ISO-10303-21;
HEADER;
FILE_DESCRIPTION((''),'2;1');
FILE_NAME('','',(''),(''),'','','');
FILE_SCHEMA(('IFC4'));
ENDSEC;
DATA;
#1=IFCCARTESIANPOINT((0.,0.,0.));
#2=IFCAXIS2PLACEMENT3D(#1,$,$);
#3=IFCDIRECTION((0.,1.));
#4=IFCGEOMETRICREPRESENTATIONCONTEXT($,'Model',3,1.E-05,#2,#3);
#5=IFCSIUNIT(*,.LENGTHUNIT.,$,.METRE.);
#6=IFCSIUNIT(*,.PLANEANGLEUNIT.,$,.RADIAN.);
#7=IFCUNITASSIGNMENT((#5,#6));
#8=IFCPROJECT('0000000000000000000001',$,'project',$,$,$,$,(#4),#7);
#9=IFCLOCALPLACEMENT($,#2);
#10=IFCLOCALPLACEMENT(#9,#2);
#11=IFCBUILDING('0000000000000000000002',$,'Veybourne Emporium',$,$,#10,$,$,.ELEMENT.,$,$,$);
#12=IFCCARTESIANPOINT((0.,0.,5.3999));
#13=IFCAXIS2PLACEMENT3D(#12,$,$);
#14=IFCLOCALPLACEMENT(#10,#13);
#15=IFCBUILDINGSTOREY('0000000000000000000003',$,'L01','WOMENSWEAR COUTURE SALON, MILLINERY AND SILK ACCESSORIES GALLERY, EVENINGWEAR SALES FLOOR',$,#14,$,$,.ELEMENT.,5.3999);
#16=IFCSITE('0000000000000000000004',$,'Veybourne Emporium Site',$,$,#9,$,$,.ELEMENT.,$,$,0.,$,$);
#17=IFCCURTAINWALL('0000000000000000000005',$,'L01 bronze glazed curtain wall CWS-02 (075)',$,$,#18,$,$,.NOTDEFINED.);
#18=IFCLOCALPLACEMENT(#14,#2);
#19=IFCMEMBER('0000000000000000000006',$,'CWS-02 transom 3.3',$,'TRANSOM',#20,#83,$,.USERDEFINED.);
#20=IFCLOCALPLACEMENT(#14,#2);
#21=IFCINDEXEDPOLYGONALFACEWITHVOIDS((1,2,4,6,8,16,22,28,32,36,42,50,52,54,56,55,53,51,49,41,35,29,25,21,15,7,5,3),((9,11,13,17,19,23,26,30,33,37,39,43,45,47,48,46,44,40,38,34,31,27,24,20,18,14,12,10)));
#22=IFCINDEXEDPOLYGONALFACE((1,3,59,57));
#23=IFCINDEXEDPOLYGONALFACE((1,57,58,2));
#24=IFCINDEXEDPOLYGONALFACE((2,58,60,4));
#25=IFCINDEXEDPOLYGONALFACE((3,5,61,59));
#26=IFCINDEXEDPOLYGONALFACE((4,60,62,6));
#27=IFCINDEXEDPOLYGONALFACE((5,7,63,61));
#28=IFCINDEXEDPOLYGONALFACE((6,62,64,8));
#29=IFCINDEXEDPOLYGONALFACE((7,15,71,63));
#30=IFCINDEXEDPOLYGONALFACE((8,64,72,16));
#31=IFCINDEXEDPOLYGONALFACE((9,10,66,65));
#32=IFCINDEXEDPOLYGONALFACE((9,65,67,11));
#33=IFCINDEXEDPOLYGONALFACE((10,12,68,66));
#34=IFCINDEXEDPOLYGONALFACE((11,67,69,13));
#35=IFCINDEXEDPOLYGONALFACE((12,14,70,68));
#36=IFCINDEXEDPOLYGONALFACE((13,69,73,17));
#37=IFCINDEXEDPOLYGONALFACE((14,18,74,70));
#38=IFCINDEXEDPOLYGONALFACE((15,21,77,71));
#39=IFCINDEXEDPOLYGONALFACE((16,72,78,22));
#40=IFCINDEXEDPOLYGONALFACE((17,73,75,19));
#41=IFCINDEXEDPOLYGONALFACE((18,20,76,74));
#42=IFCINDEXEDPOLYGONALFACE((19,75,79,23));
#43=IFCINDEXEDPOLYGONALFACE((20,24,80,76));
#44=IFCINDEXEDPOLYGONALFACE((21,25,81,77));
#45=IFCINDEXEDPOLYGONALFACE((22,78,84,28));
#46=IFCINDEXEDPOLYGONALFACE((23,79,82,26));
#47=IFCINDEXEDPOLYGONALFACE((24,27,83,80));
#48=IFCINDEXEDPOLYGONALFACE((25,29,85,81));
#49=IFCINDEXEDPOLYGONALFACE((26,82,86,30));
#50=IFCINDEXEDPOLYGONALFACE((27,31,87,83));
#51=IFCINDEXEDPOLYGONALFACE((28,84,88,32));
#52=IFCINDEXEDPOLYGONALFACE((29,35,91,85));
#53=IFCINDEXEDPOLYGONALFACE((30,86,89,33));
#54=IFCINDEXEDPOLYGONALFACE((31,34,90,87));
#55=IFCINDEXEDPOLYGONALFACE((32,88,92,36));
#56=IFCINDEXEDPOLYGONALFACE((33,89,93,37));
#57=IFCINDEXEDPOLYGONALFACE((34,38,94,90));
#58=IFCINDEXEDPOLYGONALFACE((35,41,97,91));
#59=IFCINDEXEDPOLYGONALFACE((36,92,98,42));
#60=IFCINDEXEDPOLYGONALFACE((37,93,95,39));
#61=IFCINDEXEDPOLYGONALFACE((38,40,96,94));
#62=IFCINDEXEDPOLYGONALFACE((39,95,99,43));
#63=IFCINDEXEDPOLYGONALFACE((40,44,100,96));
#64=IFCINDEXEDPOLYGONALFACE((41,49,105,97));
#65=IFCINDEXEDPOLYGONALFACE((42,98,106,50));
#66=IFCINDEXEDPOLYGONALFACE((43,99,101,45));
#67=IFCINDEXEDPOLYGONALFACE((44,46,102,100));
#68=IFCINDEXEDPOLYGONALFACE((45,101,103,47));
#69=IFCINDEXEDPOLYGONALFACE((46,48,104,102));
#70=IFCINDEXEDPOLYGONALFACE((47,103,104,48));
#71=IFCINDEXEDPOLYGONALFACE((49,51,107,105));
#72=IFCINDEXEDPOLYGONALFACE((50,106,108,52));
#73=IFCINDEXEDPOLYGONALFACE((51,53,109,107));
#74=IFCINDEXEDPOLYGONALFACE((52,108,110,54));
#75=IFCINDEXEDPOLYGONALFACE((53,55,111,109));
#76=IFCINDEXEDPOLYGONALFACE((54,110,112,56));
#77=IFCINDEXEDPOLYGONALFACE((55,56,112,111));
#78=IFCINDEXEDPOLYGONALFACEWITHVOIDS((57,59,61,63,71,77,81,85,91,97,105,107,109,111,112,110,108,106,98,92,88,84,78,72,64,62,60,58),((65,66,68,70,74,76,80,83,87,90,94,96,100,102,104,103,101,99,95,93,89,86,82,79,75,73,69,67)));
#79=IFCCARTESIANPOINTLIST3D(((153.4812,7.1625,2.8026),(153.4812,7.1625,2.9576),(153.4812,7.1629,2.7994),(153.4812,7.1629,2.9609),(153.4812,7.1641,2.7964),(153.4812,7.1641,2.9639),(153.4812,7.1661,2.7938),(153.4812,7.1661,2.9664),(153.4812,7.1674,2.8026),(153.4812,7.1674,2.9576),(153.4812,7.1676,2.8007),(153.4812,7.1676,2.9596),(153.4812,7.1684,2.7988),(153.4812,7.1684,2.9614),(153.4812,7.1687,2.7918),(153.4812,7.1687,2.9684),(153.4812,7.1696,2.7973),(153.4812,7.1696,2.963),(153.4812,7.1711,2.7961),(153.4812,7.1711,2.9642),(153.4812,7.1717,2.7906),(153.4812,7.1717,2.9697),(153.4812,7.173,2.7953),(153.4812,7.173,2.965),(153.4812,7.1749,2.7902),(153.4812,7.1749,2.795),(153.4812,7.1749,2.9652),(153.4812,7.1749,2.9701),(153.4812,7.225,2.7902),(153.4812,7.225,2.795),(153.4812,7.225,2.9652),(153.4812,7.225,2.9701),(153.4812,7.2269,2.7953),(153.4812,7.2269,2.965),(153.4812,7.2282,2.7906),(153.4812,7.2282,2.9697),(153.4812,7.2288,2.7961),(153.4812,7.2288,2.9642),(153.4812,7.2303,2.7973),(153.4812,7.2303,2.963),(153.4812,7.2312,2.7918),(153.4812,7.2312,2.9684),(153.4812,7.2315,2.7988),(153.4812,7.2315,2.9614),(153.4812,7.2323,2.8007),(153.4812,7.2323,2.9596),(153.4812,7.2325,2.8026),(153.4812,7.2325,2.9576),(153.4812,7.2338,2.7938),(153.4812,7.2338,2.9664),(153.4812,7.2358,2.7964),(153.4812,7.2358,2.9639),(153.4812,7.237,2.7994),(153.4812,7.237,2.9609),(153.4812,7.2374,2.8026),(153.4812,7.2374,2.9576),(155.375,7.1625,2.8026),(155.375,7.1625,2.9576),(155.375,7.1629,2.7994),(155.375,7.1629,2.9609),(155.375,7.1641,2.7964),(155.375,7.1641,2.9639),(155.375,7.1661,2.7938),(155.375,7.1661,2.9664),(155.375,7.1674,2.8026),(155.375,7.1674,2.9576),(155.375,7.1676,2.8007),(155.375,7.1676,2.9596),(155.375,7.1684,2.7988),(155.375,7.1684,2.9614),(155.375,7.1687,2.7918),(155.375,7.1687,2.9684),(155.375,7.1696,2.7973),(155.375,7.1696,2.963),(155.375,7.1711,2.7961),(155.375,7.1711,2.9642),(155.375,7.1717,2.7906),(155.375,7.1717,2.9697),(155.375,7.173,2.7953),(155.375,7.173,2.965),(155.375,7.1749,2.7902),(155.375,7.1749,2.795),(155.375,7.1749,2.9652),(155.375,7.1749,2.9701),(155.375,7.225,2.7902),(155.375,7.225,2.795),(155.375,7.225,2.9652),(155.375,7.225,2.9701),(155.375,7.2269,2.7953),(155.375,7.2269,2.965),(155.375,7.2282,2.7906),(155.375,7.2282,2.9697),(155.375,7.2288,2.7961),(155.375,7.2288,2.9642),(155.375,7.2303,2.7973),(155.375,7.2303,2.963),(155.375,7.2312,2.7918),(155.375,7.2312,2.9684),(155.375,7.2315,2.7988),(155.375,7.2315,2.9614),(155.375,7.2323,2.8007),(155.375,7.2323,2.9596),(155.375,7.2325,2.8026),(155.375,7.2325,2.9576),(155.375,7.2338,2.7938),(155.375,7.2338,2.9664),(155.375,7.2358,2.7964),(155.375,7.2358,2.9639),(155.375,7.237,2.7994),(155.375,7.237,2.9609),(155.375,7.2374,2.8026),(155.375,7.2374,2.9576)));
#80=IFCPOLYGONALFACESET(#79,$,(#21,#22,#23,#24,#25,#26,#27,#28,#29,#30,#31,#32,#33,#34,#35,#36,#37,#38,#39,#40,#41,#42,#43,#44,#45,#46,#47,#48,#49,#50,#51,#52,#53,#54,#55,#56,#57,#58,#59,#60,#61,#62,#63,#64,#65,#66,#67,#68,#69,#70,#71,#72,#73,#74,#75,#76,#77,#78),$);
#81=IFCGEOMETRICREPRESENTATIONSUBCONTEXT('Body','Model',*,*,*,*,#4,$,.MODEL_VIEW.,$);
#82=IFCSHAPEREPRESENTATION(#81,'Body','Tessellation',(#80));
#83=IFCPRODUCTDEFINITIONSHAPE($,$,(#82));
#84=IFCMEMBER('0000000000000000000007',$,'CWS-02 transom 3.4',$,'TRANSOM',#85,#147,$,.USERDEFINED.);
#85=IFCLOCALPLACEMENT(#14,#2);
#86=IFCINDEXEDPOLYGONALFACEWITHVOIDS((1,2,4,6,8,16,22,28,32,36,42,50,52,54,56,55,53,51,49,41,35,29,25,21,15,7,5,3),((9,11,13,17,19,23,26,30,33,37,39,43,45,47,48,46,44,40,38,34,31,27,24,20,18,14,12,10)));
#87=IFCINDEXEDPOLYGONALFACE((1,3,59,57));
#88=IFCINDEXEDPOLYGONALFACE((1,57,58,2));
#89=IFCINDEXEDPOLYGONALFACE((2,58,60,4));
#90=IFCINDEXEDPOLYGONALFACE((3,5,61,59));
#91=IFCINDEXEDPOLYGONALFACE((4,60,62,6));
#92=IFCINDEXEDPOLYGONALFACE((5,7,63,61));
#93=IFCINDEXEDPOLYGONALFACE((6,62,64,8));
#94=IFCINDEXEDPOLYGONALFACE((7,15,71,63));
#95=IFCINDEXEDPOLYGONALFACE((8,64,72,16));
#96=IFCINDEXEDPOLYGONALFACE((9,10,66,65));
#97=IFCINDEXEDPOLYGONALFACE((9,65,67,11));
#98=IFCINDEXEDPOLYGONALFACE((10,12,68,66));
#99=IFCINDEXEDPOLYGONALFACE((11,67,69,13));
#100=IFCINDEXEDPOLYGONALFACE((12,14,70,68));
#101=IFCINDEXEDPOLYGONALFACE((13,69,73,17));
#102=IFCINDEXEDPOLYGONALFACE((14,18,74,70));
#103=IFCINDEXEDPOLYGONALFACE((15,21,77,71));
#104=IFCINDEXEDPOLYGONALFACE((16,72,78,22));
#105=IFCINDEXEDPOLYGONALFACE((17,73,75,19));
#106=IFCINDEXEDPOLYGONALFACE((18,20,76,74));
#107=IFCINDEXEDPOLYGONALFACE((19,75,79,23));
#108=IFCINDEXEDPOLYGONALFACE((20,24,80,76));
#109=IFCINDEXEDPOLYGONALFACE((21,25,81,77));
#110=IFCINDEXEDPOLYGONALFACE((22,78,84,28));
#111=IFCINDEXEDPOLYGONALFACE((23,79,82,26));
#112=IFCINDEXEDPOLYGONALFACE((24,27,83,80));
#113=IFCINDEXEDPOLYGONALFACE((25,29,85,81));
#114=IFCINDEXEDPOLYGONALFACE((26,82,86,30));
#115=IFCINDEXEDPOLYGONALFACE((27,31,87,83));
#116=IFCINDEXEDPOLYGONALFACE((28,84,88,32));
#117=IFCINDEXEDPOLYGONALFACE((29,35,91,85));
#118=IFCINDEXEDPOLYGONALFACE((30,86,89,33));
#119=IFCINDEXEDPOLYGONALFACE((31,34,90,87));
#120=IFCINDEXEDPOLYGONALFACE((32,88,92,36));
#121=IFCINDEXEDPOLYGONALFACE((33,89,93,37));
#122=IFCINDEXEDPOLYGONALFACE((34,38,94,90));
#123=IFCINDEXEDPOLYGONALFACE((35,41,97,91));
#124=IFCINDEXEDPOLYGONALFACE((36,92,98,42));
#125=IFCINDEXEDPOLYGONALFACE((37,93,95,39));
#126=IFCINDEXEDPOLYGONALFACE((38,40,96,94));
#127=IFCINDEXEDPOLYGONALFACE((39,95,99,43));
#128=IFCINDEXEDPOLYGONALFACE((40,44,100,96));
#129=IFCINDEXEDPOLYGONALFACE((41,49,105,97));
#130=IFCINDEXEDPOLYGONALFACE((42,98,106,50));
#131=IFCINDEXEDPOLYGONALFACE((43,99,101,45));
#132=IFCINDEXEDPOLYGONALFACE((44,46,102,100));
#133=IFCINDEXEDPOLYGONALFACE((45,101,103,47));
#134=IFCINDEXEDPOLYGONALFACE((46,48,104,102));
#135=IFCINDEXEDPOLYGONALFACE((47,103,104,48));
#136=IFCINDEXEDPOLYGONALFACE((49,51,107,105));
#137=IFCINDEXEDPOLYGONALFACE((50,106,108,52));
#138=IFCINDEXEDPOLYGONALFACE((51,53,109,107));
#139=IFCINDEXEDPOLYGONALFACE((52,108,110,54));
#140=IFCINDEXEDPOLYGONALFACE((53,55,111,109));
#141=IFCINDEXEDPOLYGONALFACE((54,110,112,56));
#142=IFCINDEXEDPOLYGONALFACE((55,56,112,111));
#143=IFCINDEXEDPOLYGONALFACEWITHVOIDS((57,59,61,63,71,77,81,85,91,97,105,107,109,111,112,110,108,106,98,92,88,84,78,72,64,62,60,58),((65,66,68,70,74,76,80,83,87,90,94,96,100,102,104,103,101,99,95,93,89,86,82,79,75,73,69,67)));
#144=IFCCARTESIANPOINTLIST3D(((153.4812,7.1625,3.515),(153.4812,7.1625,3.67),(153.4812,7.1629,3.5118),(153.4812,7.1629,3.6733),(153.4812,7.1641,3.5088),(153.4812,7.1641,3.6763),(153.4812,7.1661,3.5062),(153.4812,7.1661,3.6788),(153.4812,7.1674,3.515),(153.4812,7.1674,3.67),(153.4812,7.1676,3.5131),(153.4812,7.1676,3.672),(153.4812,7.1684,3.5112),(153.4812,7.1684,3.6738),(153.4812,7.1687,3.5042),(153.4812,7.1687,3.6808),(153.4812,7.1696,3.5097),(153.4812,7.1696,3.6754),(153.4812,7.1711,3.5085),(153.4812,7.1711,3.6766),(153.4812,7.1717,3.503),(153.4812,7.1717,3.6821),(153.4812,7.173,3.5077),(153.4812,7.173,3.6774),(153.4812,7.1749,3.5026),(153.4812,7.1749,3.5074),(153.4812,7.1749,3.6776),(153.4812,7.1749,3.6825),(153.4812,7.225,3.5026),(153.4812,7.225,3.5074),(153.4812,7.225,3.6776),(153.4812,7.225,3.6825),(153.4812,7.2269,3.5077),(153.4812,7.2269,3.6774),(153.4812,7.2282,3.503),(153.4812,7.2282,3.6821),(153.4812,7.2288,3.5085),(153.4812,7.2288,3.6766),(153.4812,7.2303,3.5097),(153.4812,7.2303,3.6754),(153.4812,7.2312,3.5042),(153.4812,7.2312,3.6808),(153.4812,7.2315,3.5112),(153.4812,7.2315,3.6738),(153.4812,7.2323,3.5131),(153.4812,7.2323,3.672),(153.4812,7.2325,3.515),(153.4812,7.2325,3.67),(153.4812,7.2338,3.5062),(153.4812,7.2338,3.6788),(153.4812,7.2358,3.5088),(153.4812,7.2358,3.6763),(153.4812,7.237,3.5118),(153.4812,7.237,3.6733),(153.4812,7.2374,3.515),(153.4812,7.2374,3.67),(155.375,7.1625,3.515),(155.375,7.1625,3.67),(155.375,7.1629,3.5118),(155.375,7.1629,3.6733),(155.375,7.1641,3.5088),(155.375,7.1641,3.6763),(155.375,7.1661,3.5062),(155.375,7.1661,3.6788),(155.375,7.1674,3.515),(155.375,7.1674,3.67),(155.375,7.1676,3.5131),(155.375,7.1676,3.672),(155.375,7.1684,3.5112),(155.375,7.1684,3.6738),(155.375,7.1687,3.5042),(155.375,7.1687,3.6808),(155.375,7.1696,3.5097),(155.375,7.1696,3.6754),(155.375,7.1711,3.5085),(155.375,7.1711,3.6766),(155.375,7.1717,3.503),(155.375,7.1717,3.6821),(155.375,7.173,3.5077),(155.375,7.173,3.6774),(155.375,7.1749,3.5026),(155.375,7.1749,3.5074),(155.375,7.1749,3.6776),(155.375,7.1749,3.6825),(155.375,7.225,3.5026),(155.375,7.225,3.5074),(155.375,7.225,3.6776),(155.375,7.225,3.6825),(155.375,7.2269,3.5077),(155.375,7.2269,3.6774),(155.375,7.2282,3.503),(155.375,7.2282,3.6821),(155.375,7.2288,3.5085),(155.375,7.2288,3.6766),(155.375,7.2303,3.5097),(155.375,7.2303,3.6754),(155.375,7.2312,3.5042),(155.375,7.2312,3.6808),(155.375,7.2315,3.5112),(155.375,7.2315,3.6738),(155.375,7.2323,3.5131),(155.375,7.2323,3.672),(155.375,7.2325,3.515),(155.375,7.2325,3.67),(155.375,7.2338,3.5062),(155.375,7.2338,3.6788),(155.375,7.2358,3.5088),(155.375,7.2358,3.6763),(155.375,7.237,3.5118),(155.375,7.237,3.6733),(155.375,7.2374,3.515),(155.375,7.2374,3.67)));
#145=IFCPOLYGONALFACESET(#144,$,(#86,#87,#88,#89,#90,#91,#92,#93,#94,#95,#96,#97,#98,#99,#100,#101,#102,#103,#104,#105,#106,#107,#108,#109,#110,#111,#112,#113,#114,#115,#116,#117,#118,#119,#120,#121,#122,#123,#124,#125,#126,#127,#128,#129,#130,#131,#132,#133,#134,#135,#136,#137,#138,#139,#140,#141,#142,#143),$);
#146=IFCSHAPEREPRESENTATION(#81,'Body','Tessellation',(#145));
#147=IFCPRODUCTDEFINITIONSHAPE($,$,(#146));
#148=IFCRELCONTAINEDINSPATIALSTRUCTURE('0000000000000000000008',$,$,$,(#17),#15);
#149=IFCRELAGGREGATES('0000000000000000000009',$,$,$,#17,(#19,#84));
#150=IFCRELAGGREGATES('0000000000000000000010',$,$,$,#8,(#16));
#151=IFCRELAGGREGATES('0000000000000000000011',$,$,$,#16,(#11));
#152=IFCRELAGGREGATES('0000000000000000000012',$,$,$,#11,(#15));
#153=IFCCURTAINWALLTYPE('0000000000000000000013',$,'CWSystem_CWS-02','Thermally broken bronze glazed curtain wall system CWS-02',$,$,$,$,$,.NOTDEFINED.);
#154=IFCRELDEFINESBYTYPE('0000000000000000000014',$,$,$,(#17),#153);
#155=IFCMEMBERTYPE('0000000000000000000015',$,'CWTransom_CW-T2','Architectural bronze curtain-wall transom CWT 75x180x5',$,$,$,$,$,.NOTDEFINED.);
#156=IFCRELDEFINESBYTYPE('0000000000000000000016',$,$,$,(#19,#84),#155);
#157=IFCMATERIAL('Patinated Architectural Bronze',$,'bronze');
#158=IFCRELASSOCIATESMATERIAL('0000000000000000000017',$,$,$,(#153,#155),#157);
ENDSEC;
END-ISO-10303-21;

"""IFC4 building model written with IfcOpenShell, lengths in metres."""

from ifc_helpers import new_model, si_unit, direction, frame, origin, origin_2d, place, context, subcontext, project, spatial, hollow_rectangle, extrude, material, material_profile, profile_set, type_object, element, aggregate, save


model = new_model("IFC4")

# Units and contexts
model_context = context("Model", 3, precision=1e-05, world=origin(), true_north=direction((0.0, 1.0)))
body_context = subcontext(model_context, "Body", "Model", "MODEL_VIEW")
ifc_project = project(units=[si_unit("LENGTHUNIT", "METRE"), si_unit("PLANEANGLEUNIT", "RADIAN")], contexts=[model_context])

# Site, building, storey
site_placement = place(None, origin())
site = spatial("IfcSite", under=ifc_project, at=site_placement, Name="Veybourne Emporium Site", CompositionType="ELEMENT", RefElevation=0.0)
building_placement = place(site_placement, origin())
building = spatial("IfcBuilding", under=site, at=building_placement, Name="Veybourne Emporium", CompositionType="ELEMENT")
storey_placement = place(building_placement, frame((0.0, 0.0, 5.3999)))
storey = spatial("IfcBuildingStorey", under=building, at=storey_placement, Name="L01", Description="WOMENSWEAR COUTURE SALON, MILLINERY AND SILK ACCESSORIES GALLERY, EVENINGWEAR SALES FLOOR", CompositionType="ELEMENT", Elevation=5.3999)

# Shared definitions
ifc_material_1 = material(Name="Patinated Architectural Bronze", Category="bronze")

# Curtain wall
curtain_wall_type_1 = type_object("IfcCurtainWallType", Name="CWSystem_CWS-02", Description="Thermally broken bronze glazed curtain wall system CWS-02", PredefinedType="NOTDEFINED", material=ifc_material_1)
curtain_wall_1_placement = place(storey_placement, origin())
curtain_wall_1 = element("IfcCurtainWall", 1, at=curtain_wall_1_placement, inside=storey, type_object=curtain_wall_type_1, Name="L01 bronze glazed curtain wall CWS-02 (075)", PredefinedType="NOTDEFINED")

# Members
ifc_material_profile_1 = material_profile(ifc_material_1, hollow_rectangle(XDim=0.075, YDim=0.1799, WallThickness=0.0049, InnerFilletRadius=0.0076, OuterFilletRadius=0.0125, at=origin_2d()), Name="CWT 75x180x5")
ifc_profile_set_1 = profile_set([ifc_material_profile_1], Name="Patinated Architectural Bronze")
member_type_1 = type_object("IfcMemberType", Name="CWTransom_CW-T2", Description="Architectural bronze curtain-wall transom CWT 75x180x5", PredefinedType="NOTDEFINED", material=ifc_profile_set_1)
member_1_placement = place(storey_placement, frame((155.375, 7.2, 2.8801), z_axis=(-1.0, 0.0, 0.0), x_axis=(0.0, -1.0, 0.0)))
member_1 = element("IfcMember", 2, at=member_1_placement, type_object=member_type_1, Name="CWS-02 transom 3.3", ObjectType="TRANSOM", PredefinedType="USERDEFINED", context=body_context, shape_type="SweptSolid", body=[
    extrude(hollow_rectangle(XDim=0.075, YDim=0.1799, WallThickness=0.0049, InnerFilletRadius=0.0076, OuterFilletRadius=0.0125, at=origin_2d()), origin(), (0.0, 0.0, 1.0), 1.8938),
])
member_2_placement = place(storey_placement, frame((155.375, 7.2, 3.5925), z_axis=(-1.0, 0.0, 0.0), x_axis=(0.0, -1.0, 0.0)))
member_2 = element("IfcMember", 3, at=member_2_placement, type_object=member_type_1, Name="CWS-02 transom 3.4", ObjectType="TRANSOM", PredefinedType="USERDEFINED", context=body_context, shape_type="SweptSolid", body=[
    extrude(hollow_rectangle(XDim=0.075, YDim=0.1799, WallThickness=0.0049, InnerFilletRadius=0.0076, OuterFilletRadius=0.0125, at=origin_2d()), origin(), (0.0, 0.0, 1.0), 1.8938),
])

aggregate(curtain_wall_1, [member_1, member_2])

save(model, "model.ifc")
